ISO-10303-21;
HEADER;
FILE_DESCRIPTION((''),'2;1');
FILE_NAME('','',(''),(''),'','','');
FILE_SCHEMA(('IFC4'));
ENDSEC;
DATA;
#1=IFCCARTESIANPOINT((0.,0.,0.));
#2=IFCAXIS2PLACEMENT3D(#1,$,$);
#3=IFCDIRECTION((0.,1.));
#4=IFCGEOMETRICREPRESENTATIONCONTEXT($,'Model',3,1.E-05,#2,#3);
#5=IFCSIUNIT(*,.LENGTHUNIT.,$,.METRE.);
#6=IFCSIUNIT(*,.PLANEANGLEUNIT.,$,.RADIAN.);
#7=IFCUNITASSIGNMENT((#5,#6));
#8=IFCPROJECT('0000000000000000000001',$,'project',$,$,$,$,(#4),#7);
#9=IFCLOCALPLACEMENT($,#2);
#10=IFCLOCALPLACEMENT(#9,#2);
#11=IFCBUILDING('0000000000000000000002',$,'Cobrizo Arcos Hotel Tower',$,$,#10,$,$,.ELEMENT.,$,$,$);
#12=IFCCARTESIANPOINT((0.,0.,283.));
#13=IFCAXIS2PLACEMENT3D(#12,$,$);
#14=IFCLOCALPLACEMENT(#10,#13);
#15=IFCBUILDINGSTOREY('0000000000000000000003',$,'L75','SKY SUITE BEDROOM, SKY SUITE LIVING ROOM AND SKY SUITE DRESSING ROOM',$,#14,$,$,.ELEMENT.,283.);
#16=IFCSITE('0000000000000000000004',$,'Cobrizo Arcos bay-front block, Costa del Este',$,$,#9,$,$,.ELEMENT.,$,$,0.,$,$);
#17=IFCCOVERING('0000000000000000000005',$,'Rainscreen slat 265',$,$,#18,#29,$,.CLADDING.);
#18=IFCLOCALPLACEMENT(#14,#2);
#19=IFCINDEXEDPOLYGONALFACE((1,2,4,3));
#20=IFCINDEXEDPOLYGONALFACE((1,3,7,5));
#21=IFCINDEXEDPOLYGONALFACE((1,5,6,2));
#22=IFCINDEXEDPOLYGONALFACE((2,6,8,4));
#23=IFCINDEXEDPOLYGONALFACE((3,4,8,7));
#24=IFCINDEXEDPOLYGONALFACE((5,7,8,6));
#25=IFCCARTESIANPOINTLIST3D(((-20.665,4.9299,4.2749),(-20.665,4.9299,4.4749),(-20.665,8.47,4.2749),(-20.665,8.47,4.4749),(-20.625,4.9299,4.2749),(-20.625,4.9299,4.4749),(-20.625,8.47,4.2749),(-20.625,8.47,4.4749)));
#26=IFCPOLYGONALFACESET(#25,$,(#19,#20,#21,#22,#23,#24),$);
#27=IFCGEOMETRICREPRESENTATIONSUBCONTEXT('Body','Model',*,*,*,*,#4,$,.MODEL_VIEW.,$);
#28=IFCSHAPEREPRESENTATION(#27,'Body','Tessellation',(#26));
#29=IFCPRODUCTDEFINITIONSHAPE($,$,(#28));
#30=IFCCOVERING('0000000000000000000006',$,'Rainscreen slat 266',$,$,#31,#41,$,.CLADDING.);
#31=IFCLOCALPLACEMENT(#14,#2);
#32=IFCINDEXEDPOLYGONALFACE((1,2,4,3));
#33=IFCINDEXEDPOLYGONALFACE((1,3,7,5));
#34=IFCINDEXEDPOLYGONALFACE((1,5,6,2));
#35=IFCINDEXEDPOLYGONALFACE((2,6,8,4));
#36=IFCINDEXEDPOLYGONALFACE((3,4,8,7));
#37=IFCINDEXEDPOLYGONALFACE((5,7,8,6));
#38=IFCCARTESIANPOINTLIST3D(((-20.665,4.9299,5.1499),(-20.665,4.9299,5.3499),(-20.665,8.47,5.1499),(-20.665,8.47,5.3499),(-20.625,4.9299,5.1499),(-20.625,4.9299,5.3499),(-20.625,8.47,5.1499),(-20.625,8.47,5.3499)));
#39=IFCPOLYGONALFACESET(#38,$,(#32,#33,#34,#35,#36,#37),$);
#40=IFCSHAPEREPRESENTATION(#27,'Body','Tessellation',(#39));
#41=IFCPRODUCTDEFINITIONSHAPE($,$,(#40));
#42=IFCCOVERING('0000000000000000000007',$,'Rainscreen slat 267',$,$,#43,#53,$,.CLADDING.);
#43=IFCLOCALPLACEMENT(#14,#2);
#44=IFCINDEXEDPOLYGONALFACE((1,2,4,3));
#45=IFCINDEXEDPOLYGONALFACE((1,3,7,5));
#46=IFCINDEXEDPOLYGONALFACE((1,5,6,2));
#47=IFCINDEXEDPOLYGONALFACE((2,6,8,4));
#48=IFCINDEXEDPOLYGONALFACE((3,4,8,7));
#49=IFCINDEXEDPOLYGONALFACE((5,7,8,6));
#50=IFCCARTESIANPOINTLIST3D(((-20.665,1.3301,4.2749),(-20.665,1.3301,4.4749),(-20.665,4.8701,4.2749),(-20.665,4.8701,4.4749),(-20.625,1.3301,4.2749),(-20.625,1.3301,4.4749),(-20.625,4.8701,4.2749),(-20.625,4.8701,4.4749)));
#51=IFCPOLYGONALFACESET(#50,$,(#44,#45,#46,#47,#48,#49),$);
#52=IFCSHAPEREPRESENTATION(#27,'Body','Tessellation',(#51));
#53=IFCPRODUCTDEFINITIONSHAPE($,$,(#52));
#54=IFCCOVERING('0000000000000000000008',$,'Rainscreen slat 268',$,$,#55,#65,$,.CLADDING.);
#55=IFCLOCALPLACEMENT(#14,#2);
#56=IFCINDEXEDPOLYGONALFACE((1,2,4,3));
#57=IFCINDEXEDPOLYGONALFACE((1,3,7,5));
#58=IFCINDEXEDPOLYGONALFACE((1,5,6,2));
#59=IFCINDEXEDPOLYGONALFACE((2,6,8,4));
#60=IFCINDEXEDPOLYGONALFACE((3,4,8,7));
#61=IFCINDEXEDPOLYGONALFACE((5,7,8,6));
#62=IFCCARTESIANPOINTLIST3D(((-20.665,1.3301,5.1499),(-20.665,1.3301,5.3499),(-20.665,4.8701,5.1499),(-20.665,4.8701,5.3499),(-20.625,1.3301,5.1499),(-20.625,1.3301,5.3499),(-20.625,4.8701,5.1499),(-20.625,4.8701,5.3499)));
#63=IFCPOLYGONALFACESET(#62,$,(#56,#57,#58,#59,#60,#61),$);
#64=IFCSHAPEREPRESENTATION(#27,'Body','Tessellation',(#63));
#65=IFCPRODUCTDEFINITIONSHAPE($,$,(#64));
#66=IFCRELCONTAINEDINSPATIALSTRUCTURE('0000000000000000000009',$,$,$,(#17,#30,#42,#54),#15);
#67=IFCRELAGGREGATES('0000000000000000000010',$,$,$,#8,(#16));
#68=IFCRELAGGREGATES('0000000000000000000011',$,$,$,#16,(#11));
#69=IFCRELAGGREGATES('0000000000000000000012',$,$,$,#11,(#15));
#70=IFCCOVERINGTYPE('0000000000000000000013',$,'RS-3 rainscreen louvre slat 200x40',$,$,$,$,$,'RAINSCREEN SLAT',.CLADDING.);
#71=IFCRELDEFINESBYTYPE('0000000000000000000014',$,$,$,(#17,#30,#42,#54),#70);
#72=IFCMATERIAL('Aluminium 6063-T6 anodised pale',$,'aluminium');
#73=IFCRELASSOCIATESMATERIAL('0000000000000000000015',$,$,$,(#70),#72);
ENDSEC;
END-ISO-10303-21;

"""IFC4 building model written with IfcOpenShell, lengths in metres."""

from ifc_helpers import new_model, si_unit, direction, frame, origin, origin_2d, place, context, subcontext, project, spatial, rectangle, extrude, material, type_object, element, save


model = new_model("IFC4")

# Units and contexts
model_context = context("Model", 3, precision=1e-05, world=origin(), true_north=direction((0.0, 1.0)))
body_context = subcontext(model_context, "Body", "Model", "MODEL_VIEW")
ifc_project = project(units=[si_unit("LENGTHUNIT", "METRE"), si_unit("PLANEANGLEUNIT", "RADIAN")], contexts=[model_context])

# Site, building, storey
site_placement = place(None, origin())
site = spatial("IfcSite", under=ifc_project, at=site_placement, Name="Cobrizo Arcos bay-front block, Costa del Este", CompositionType="ELEMENT", RefElevation=0.0)
building_placement = place(site_placement, origin())
building = spatial("IfcBuilding", under=site, at=building_placement, Name="Cobrizo Arcos Hotel Tower", CompositionType="ELEMENT")
storey_placement = place(building_placement, frame((0.0, 0.0, 283.0)))
storey = spatial("IfcBuildingStorey", under=building, at=storey_placement, Name="L75", Description="SKY SUITE BEDROOM, SKY SUITE LIVING ROOM AND SKY SUITE DRESSING ROOM", CompositionType="ELEMENT", Elevation=283.0)

# Coverings
ifc_material_1 = material(Name="Aluminium 6063-T6 anodised pale", Category="aluminium")
covering_type_1 = type_object("IfcCoveringType", Name="RS-3 rainscreen louvre slat 200x40", ElementType="RAINSCREEN SLAT", PredefinedType="CLADDING", material=ifc_material_1)
for number, where, z_axis, x_axis, name in (
    (1, (-20.645, 6.7, 4.2749), (0.0, 0.0, 1.0), (0.0, -1.0, 0.0), "Rainscreen slat 265"),
    (2, (-20.645, 6.7, 5.1499), (0.0, 0.0, 1.0), (0.0, -1.0, 0.0), "Rainscreen slat 266"),
    (3, (-20.645, 3.1001, 4.2749), (0.0, 0.0, 1.0), (0.0, -1.0, 0.0), "Rainscreen slat 267"),
    (4, (-20.645, 3.1001, 5.1499), (0.0, 0.0, 1.0), (0.0, -1.0, 0.0), "Rainscreen slat 268"),
):
    element("IfcCovering", number, at=place(storey_placement, frame(where, z_axis=z_axis, x_axis=x_axis)), inside=storey, type_object=covering_type_1, Name=name, PredefinedType="CLADDING", context=body_context, shape_type="SweptSolid", body=[
        extrude(rectangle(XDim=3.54, YDim=0.04, at=origin_2d()), origin(), (0.0, 0.0, 1.0), 0.2),
    ])

save(model, "model.ifc")
